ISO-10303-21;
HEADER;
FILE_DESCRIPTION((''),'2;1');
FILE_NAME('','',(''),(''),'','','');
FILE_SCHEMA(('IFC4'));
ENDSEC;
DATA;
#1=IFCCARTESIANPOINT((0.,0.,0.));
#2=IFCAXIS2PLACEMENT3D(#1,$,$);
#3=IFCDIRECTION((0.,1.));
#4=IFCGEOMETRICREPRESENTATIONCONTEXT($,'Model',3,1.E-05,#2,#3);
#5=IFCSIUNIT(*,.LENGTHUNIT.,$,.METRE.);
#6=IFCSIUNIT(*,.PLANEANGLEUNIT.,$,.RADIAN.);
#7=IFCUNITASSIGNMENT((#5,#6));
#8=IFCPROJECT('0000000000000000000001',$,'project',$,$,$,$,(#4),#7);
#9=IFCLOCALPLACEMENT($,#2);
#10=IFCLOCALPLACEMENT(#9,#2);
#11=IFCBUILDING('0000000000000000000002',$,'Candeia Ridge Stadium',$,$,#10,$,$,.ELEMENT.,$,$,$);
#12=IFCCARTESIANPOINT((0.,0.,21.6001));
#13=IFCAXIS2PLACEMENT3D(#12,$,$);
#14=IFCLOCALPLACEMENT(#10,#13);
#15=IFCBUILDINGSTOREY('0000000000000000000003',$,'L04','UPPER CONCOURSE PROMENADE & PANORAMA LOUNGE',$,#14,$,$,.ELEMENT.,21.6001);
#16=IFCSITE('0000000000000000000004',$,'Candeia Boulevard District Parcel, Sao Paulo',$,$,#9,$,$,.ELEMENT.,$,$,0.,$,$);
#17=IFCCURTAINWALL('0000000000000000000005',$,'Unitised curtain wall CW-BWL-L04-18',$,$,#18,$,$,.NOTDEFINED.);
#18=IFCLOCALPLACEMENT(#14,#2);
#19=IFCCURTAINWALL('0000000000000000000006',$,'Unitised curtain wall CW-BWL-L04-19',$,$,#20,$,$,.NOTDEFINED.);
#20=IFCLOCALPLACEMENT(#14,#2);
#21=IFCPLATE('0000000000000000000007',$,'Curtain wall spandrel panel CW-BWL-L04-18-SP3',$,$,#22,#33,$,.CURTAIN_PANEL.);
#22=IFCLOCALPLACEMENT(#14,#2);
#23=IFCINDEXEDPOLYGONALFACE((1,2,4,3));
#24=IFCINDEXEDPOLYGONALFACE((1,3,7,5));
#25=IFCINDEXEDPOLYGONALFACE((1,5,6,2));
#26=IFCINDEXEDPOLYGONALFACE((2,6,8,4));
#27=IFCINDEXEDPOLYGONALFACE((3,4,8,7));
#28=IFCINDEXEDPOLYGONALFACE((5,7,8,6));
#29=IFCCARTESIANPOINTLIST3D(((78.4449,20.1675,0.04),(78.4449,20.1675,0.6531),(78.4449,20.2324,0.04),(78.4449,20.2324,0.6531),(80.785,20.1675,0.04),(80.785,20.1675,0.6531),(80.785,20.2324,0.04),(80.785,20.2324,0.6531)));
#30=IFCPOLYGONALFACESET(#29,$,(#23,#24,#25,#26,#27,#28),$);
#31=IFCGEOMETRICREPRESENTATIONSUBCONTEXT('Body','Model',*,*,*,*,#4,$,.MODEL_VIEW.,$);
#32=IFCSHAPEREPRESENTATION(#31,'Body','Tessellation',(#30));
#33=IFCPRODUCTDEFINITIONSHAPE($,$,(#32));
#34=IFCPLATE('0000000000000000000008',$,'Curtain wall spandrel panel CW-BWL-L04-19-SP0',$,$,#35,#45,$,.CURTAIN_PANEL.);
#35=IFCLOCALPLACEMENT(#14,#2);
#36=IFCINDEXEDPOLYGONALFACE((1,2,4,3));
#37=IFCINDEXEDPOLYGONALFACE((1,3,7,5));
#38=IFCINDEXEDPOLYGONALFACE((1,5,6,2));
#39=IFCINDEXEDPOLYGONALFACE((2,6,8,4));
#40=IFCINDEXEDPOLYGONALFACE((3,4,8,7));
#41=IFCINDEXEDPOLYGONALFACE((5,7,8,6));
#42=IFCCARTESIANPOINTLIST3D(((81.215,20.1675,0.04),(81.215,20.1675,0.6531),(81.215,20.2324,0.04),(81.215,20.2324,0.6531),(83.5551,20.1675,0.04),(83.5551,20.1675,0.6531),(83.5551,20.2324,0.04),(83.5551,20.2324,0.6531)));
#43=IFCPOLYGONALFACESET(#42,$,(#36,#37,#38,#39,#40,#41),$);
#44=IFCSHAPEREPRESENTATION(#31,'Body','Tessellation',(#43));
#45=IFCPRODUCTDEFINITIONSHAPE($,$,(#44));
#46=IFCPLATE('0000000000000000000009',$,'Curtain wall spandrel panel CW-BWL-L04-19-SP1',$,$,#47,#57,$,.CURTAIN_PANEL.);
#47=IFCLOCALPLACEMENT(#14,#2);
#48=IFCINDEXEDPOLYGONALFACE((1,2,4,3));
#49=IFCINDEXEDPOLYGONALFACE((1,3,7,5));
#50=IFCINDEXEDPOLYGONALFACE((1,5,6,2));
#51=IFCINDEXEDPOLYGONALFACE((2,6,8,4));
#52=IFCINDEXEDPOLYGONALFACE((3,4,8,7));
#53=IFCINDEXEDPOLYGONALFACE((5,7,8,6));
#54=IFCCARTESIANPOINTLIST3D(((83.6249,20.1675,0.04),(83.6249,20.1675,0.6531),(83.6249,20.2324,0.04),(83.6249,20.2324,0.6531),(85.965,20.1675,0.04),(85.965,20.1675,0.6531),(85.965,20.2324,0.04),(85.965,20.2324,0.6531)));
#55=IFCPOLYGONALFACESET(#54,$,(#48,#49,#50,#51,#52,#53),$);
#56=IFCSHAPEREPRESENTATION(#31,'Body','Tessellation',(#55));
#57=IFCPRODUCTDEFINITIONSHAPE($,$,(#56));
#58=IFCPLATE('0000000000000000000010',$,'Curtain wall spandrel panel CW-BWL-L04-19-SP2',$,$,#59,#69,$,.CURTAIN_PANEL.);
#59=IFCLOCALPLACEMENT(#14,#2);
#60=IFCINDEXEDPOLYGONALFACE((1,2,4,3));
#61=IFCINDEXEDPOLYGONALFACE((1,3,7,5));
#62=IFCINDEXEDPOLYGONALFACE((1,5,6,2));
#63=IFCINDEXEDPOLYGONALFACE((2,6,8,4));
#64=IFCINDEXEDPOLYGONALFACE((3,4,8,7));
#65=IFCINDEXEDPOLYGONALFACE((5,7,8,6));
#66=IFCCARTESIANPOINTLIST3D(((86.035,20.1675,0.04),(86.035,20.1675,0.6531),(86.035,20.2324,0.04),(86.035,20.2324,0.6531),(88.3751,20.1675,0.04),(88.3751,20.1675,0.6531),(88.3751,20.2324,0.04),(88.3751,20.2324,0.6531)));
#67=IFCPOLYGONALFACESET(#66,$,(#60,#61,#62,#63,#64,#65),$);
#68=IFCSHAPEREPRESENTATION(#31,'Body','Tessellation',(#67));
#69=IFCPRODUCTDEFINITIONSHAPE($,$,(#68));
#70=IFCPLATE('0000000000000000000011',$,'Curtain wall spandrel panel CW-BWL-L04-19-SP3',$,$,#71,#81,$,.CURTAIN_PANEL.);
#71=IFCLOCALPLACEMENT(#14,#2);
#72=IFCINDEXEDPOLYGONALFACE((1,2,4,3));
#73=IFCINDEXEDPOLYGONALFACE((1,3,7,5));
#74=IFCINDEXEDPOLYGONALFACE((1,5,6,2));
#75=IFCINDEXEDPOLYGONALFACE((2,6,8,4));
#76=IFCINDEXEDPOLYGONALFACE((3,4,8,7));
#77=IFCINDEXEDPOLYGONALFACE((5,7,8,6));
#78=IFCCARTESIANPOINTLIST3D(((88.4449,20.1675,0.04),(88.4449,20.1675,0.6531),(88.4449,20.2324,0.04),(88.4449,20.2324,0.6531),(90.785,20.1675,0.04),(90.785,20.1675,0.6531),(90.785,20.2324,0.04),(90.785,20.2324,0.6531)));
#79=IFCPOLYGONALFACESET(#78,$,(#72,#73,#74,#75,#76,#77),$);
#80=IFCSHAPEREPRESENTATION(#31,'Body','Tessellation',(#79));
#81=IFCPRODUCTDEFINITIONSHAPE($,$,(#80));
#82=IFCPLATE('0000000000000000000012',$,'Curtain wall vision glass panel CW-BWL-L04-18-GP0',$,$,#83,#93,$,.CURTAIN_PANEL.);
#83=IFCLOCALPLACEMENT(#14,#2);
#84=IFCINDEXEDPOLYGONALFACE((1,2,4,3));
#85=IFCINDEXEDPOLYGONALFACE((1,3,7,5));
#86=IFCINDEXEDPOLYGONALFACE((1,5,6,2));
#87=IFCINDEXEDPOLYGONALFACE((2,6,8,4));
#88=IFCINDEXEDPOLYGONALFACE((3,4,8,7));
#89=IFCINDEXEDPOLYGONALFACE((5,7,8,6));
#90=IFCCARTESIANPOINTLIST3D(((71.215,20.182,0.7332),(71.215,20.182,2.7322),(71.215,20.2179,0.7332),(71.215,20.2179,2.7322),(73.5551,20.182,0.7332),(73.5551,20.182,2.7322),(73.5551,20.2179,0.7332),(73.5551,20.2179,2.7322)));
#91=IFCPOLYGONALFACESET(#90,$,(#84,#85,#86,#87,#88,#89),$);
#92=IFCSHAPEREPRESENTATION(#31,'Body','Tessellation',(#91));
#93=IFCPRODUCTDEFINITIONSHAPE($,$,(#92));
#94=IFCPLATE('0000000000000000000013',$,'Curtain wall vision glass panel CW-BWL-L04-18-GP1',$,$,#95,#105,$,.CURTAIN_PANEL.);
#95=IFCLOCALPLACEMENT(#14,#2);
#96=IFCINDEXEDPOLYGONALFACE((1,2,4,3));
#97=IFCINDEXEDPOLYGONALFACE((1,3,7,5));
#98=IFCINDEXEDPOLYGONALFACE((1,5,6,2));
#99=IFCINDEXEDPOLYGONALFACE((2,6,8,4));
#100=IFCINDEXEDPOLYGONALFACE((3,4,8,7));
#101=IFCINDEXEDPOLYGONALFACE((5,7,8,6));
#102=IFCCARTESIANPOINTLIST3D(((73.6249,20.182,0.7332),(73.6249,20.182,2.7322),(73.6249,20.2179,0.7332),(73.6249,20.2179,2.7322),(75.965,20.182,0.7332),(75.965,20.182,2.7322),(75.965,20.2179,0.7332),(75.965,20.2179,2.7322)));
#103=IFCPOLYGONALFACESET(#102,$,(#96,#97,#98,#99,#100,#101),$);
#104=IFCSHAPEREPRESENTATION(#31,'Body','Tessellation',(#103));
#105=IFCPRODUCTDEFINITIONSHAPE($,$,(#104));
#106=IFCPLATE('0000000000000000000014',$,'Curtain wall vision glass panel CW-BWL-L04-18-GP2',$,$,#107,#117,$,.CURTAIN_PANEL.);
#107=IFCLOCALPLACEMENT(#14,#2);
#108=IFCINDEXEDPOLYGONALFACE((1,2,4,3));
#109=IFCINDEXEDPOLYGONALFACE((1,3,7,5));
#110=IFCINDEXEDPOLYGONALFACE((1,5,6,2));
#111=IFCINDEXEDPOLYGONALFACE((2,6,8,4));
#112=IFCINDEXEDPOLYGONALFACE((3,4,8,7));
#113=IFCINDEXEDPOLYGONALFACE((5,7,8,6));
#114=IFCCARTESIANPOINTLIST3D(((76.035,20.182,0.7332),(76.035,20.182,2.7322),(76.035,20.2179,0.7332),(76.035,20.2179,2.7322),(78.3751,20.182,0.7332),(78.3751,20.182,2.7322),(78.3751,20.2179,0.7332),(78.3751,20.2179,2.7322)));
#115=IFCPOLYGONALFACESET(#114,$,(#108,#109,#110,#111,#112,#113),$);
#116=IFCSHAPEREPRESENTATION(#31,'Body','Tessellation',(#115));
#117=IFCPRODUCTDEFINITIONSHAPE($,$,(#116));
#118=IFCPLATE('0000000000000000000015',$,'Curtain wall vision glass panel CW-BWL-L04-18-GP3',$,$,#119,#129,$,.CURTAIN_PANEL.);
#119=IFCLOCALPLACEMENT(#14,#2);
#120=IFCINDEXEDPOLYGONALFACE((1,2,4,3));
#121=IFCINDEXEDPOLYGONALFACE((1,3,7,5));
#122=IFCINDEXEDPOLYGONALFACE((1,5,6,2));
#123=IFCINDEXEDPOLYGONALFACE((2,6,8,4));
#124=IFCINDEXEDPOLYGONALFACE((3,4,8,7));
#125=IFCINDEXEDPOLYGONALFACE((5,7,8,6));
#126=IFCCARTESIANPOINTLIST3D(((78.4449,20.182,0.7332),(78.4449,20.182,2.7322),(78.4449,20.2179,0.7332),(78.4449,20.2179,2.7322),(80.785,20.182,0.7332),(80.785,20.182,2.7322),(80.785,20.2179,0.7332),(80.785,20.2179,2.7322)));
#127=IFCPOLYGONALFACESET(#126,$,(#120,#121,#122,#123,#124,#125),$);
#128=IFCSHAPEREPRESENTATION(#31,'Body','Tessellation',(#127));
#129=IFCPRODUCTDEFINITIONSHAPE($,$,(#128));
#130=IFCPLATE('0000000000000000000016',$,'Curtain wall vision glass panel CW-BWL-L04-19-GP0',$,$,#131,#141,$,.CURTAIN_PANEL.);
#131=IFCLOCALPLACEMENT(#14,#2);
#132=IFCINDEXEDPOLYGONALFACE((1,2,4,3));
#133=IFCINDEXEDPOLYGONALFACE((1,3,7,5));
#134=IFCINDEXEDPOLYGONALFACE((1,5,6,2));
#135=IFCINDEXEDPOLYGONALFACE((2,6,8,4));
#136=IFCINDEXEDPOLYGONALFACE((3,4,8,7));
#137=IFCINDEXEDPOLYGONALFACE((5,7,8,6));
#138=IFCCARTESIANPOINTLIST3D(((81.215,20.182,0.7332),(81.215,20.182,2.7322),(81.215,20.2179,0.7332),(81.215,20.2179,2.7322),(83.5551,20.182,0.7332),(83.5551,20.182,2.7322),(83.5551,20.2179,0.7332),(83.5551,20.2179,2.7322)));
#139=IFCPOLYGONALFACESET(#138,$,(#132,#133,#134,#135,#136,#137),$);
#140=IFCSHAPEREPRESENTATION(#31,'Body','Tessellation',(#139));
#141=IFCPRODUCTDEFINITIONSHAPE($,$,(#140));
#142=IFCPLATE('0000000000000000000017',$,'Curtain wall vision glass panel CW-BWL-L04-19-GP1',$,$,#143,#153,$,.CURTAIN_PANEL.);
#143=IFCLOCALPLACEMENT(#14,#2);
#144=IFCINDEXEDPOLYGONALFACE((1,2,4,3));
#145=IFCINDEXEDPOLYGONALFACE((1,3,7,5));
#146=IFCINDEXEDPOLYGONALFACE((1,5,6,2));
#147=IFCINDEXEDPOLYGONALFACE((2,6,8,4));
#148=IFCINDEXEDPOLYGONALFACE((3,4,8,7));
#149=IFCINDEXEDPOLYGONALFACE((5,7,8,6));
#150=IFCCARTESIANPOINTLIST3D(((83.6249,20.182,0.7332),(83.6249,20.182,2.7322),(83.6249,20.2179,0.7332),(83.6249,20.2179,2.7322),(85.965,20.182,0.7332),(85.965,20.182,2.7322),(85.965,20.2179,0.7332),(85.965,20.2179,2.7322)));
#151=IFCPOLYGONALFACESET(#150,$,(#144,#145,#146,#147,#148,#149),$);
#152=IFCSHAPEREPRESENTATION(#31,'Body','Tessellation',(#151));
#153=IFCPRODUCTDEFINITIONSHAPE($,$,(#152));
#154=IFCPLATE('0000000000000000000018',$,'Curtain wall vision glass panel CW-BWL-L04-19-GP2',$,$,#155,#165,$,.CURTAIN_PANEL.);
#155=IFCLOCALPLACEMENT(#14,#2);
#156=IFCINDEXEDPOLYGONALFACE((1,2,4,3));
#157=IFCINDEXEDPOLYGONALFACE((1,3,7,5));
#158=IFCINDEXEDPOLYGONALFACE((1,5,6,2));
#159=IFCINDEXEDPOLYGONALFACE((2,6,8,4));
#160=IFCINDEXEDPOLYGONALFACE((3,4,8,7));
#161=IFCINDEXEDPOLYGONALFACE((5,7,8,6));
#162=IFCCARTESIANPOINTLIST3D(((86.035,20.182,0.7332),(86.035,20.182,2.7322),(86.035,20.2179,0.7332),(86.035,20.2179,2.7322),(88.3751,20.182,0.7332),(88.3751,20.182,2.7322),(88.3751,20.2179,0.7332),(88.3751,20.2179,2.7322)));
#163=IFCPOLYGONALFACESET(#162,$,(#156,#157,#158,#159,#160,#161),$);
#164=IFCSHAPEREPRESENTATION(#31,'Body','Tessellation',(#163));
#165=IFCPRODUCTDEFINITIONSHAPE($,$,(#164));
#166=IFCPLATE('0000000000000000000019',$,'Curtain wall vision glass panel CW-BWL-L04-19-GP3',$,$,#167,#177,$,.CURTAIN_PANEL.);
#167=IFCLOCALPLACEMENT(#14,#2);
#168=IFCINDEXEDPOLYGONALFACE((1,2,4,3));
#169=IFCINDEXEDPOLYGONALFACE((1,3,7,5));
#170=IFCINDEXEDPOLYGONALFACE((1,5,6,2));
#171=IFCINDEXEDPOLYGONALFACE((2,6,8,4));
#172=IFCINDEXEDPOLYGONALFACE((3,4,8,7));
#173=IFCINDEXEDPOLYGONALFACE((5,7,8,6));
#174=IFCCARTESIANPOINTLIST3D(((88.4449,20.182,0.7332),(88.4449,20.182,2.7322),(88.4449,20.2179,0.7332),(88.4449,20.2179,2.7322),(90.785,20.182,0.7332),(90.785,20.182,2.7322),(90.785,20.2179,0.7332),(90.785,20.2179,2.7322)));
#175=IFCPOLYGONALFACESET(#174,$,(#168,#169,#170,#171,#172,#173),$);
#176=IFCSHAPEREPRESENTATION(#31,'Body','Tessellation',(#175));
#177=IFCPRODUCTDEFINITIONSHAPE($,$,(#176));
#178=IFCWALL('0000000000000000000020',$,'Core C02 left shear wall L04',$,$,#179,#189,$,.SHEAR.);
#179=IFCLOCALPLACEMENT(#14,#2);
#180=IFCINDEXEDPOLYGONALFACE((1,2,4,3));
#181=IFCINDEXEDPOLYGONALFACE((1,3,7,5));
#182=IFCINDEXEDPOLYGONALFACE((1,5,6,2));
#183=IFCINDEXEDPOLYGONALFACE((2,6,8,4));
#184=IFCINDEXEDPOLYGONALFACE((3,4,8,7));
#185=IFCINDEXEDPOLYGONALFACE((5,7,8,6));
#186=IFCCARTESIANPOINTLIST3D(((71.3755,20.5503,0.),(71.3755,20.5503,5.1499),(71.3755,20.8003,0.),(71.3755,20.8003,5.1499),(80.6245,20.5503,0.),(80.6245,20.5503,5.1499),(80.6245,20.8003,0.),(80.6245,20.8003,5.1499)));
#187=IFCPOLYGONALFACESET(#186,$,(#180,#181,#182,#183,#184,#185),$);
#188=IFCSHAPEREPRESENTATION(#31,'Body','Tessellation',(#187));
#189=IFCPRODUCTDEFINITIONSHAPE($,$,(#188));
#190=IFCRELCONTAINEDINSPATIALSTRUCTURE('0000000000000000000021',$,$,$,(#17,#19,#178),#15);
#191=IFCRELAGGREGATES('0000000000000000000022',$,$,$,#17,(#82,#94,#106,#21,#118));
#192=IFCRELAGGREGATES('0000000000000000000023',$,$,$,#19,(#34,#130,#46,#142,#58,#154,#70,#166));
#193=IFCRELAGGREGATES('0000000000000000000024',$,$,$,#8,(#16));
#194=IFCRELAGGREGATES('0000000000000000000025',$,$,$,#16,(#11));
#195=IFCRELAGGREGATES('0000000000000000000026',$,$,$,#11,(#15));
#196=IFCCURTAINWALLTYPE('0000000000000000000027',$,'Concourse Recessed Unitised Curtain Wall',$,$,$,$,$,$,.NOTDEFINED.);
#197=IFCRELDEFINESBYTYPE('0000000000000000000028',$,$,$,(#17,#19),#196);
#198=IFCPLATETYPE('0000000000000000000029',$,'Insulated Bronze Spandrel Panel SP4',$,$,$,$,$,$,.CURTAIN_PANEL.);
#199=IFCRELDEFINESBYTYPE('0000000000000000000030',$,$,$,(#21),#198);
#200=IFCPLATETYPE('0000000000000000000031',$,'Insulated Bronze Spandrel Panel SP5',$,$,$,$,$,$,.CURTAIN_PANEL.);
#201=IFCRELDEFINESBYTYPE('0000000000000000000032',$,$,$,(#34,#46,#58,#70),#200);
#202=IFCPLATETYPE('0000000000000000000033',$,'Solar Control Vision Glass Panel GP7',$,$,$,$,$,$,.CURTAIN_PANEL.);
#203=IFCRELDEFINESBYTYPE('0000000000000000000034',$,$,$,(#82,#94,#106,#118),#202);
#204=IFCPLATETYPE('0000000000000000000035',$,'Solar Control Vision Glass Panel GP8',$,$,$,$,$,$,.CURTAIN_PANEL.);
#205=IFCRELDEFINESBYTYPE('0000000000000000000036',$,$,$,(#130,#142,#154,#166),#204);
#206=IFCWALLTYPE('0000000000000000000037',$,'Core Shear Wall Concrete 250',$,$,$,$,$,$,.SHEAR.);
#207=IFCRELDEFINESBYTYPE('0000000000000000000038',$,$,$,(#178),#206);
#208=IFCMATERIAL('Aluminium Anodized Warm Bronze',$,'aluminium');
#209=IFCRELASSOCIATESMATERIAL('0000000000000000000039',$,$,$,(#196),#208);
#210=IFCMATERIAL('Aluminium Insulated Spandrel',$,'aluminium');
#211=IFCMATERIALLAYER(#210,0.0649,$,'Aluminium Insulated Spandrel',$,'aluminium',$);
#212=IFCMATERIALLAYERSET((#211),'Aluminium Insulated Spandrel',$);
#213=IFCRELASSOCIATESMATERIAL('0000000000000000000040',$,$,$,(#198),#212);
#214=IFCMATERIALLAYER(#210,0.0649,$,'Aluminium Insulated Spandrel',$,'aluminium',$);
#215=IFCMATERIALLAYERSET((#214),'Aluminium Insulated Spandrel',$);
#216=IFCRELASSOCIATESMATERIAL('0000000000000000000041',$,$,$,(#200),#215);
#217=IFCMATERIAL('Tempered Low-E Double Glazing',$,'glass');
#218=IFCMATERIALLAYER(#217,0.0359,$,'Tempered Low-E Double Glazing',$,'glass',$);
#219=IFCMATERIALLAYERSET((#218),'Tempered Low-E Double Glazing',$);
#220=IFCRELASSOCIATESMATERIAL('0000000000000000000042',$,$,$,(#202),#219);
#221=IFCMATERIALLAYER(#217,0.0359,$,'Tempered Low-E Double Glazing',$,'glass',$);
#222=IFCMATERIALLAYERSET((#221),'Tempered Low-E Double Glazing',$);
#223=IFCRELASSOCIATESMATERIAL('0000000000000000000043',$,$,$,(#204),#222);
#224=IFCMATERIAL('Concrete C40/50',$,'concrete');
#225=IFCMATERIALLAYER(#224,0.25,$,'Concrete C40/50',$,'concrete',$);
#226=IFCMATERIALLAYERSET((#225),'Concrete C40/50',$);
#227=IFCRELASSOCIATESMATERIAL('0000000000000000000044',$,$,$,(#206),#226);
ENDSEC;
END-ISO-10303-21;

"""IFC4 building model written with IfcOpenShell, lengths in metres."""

from ifc_helpers import new_model, si_unit, direction, frame, frame_2d, origin, origin_2d, place, context, subcontext, project, spatial, rectangle, extrude, material, layer, layer_set, type_object, element, aggregate, save


model = new_model("IFC4")

# Units and contexts
model_context = context("Model", 3, precision=1e-05, world=origin(), true_north=direction((0.0, 1.0)))
body_context = subcontext(model_context, "Body", "Model", "MODEL_VIEW")
ifc_project = project(units=[si_unit("LENGTHUNIT", "METRE"), si_unit("PLANEANGLEUNIT", "RADIAN")], contexts=[model_context])

# Site, building, storey
site_placement = place(None, origin())
site = spatial("IfcSite", under=ifc_project, at=site_placement, Name="Candeia Boulevard District Parcel, Sao Paulo", CompositionType="ELEMENT", RefElevation=0.0)
building_placement = place(site_placement, origin())
building = spatial("IfcBuilding", under=site, at=building_placement, Name="Candeia Ridge Stadium", CompositionType="ELEMENT")
storey_placement = place(building_placement, frame((0.0, 0.0, 21.6001)))
storey = spatial("IfcBuildingStorey", under=building, at=storey_placement, Name="L04", Description="UPPER CONCOURSE PROMENADE & PANORAMA LOUNGE", CompositionType="ELEMENT", Elevation=21.6001)

# Curtain walls
ifc_material_1 = material(Name="Aluminium Anodized Warm Bronze", Category="aluminium")
curtain_wall_type = type_object("IfcCurtainWallType", Name="Concourse Recessed Unitised Curtain Wall", PredefinedType="NOTDEFINED", material=ifc_material_1)
curtain_wall_1_placement = place(storey_placement, origin())
curtain_wall_1 = element("IfcCurtainWall", 1, at=curtain_wall_1_placement, inside=storey, type_object=curtain_wall_type, Name="Unitised curtain wall CW-BWL-L04-18", PredefinedType="NOTDEFINED")
curtain_wall_2_placement = place(storey_placement, origin())
curtain_wall_2 = element("IfcCurtainWall", 2, at=curtain_wall_2_placement, inside=storey, type_object=curtain_wall_type, Name="Unitised curtain wall CW-BWL-L04-19", PredefinedType="NOTDEFINED")

# Plates
ifc_material_2 = material(Name="Aluminium Insulated Spandrel", Category="aluminium")
ifc_layer_1 = layer(ifc_material_2, 0.0649, Name="Aluminium Insulated Spandrel", Category="aluminium")
ifc_layer_set_1 = layer_set([ifc_layer_1], Name="Aluminium Insulated Spandrel")
plate_type_1 = type_object("IfcPlateType", Name="Insulated Bronze Spandrel Panel SP4", PredefinedType="CURTAIN_PANEL", material=ifc_layer_set_1)
plate_1_placement = place(storey_placement, frame((79.615, 20.2, 0.04), z_axis=(0.0, 0.0, 1.0), x_axis=(1.0, 0.0, 0.0)))
plate_1 = element("IfcPlate", 3, at=plate_1_placement, type_object=plate_type_1, Name="Curtain wall spandrel panel CW-BWL-L04-18-SP3", PredefinedType="CURTAIN_PANEL", context=body_context, shape_type="SweptSolid", body=[
    extrude(rectangle(XDim=2.3401, YDim=0.0649, at=origin_2d()), origin(), (0.0, 0.0, 1.0), 0.613),
])
ifc_layer_2 = layer(ifc_material_2, 0.0649, Name="Aluminium Insulated Spandrel", Category="aluminium")
ifc_layer_set_2 = layer_set([ifc_layer_2], Name="Aluminium Insulated Spandrel")
plate_type_2 = type_object("IfcPlateType", Name="Insulated Bronze Spandrel Panel SP5", PredefinedType="CURTAIN_PANEL", material=ifc_layer_set_2)
plate_2_placement = place(storey_placement, frame((82.385, 20.2, 0.04), z_axis=(0.0, 0.0, 1.0), x_axis=(1.0, 0.0, 0.0)))
plate_2 = element("IfcPlate", 4, at=plate_2_placement, type_object=plate_type_2, Name="Curtain wall spandrel panel CW-BWL-L04-19-SP0", PredefinedType="CURTAIN_PANEL", context=body_context, shape_type="SweptSolid", body=[
    extrude(rectangle(XDim=2.3401, YDim=0.0649, at=origin_2d()), origin(), (0.0, 0.0, 1.0), 0.613),
])
plate_3_placement = place(storey_placement, frame((84.7949, 20.2, 0.04), z_axis=(0.0, 0.0, 1.0), x_axis=(1.0, 0.0, 0.0)))
plate_3 = element("IfcPlate", 5, at=plate_3_placement, type_object=plate_type_2, Name="Curtain wall spandrel panel CW-BWL-L04-19-SP1", PredefinedType="CURTAIN_PANEL", context=body_context, shape_type="SweptSolid", body=[
    extrude(rectangle(XDim=2.3401, YDim=0.0649, at=origin_2d()), origin(), (0.0, 0.0, 1.0), 0.613),
])
plate_4_placement = place(storey_placement, frame((87.2051, 20.2, 0.04), z_axis=(0.0, 0.0, 1.0), x_axis=(1.0, 0.0, 0.0)))
plate_4 = element("IfcPlate", 6, at=plate_4_placement, type_object=plate_type_2, Name="Curtain wall spandrel panel CW-BWL-L04-19-SP2", PredefinedType="CURTAIN_PANEL", context=body_context, shape_type="SweptSolid", body=[
    extrude(rectangle(XDim=2.3401, YDim=0.0649, at=origin_2d()), origin(), (0.0, 0.0, 1.0), 0.613),
])
plate_5_placement = place(storey_placement, frame((89.615, 20.2, 0.04), z_axis=(0.0, 0.0, 1.0), x_axis=(1.0, 0.0, 0.0)))
plate_5 = element("IfcPlate", 7, at=plate_5_placement, type_object=plate_type_2, Name="Curtain wall spandrel panel CW-BWL-L04-19-SP3", PredefinedType="CURTAIN_PANEL", context=body_context, shape_type="SweptSolid", body=[
    extrude(rectangle(XDim=2.3401, YDim=0.0649, at=origin_2d()), origin(), (0.0, 0.0, 1.0), 0.613),
])
ifc_material_3 = material(Name="Tempered Low-E Double Glazing", Category="glass")
ifc_layer_3 = layer(ifc_material_3, 0.0359, Name="Tempered Low-E Double Glazing", Category="glass")
ifc_layer_set_3 = layer_set([ifc_layer_3], Name="Tempered Low-E Double Glazing")
plate_type_3 = type_object("IfcPlateType", Name="Solar Control Vision Glass Panel GP7", PredefinedType="CURTAIN_PANEL", material=ifc_layer_set_3)
plate_6_placement = place(storey_placement, frame((72.385, 20.2, 0.7332), z_axis=(0.0, 0.0, 1.0), x_axis=(1.0, 0.0, 0.0)))
plate_6 = element("IfcPlate", 8, at=plate_6_placement, type_object=plate_type_3, Name="Curtain wall vision glass panel CW-BWL-L04-18-GP0", PredefinedType="CURTAIN_PANEL", context=body_context, shape_type="SweptSolid", body=[
    extrude(rectangle(XDim=2.3401, YDim=0.0359, at=origin_2d()), origin(), (0.0, 0.0, 1.0), 1.999),
])
plate_7_placement = place(storey_placement, frame((74.7949, 20.2, 0.7332), z_axis=(0.0, 0.0, 1.0), x_axis=(1.0, 0.0, 0.0)))
plate_7 = element("IfcPlate", 9, at=plate_7_placement, type_object=plate_type_3, Name="Curtain wall vision glass panel CW-BWL-L04-18-GP1", PredefinedType="CURTAIN_PANEL", context=body_context, shape_type="SweptSolid", body=[
    extrude(rectangle(XDim=2.3401, YDim=0.0359, at=origin_2d()), origin(), (0.0, 0.0, 1.0), 1.999),
])
plate_8_placement = place(storey_placement, frame((77.2051, 20.2, 0.7332), z_axis=(0.0, 0.0, 1.0), x_axis=(1.0, 0.0, 0.0)))
plate_8 = element("IfcPlate", 10, at=plate_8_placement, type_object=plate_type_3, Name="Curtain wall vision glass panel CW-BWL-L04-18-GP2", PredefinedType="CURTAIN_PANEL", context=body_context, shape_type="SweptSolid", body=[
    extrude(rectangle(XDim=2.3401, YDim=0.0359, at=origin_2d()), origin(), (0.0, 0.0, 1.0), 1.999),
])
plate_9_placement = place(storey_placement, frame((79.615, 20.2, 0.7332), z_axis=(0.0, 0.0, 1.0), x_axis=(1.0, 0.0, 0.0)))
plate_9 = element("IfcPlate", 11, at=plate_9_placement, type_object=plate_type_3, Name="Curtain wall vision glass panel CW-BWL-L04-18-GP3", PredefinedType="CURTAIN_PANEL", context=body_context, shape_type="SweptSolid", body=[
    extrude(rectangle(XDim=2.3401, YDim=0.0359, at=origin_2d()), origin(), (0.0, 0.0, 1.0), 1.999),
])
aggregate(curtain_wall_1, [plate_6, plate_7, plate_8, plate_1, plate_9])
ifc_layer_4 = layer(ifc_material_3, 0.0359, Name="Tempered Low-E Double Glazing", Category="glass")
ifc_layer_set_4 = layer_set([ifc_layer_4], Name="Tempered Low-E Double Glazing")
plate_type_4 = type_object("IfcPlateType", Name="Solar Control Vision Glass Panel GP8", PredefinedType="CURTAIN_PANEL", material=ifc_layer_set_4)
plate_10_placement = place(storey_placement, frame((82.385, 20.2, 0.7332), z_axis=(0.0, 0.0, 1.0), x_axis=(1.0, 0.0, 0.0)))
plate_10 = element("IfcPlate", 12, at=plate_10_placement, type_object=plate_type_4, Name="Curtain wall vision glass panel CW-BWL-L04-19-GP0", PredefinedType="CURTAIN_PANEL", context=body_context, shape_type="SweptSolid", body=[
    extrude(rectangle(XDim=2.3401, YDim=0.0359, at=origin_2d()), origin(), (0.0, 0.0, 1.0), 1.999),
])
plate_11_placement = place(storey_placement, frame((84.7949, 20.2, 0.7332), z_axis=(0.0, 0.0, 1.0), x_axis=(1.0, 0.0, 0.0)))
plate_11 = element("IfcPlate", 13, at=plate_11_placement, type_object=plate_type_4, Name="Curtain wall vision glass panel CW-BWL-L04-19-GP1", PredefinedType="CURTAIN_PANEL", context=body_context, shape_type="SweptSolid", body=[
    extrude(rectangle(XDim=2.3401, YDim=0.0359, at=origin_2d()), origin(), (0.0, 0.0, 1.0), 1.999),
])
plate_12_placement = place(storey_placement, frame((87.2051, 20.2, 0.7332), z_axis=(0.0, 0.0, 1.0), x_axis=(1.0, 0.0, 0.0)))
plate_12 = element("IfcPlate", 14, at=plate_12_placement, type_object=plate_type_4, Name="Curtain wall vision glass panel CW-BWL-L04-19-GP2", PredefinedType="CURTAIN_PANEL", context=body_context, shape_type="SweptSolid", body=[
    extrude(rectangle(XDim=2.3401, YDim=0.0359, at=origin_2d()), origin(), (0.0, 0.0, 1.0), 1.999),
])
plate_13_placement = place(storey_placement, frame((89.615, 20.2, 0.7332), z_axis=(0.0, 0.0, 1.0), x_axis=(1.0, 0.0, 0.0)))
plate_13 = element("IfcPlate", 15, at=plate_13_placement, type_object=plate_type_4, Name="Curtain wall vision glass panel CW-BWL-L04-19-GP3", PredefinedType="CURTAIN_PANEL", context=body_context, shape_type="SweptSolid", body=[
    extrude(rectangle(XDim=2.3401, YDim=0.0359, at=origin_2d()), origin(), (0.0, 0.0, 1.0), 1.999),
])
aggregate(curtain_wall_2, [plate_2, plate_10, plate_3, plate_11, plate_4, plate_12, plate_5, plate_13])

# Wall
ifc_material_4 = material(Name="Concrete C40/50", Category="concrete")
ifc_layer_5 = layer(ifc_material_4, 0.25, Name="Concrete C40/50", Category="concrete")
ifc_layer_set_5 = layer_set([ifc_layer_5], Name="Concrete C40/50")
wall_type = type_object("IfcWallType", Name="Core Shear Wall Concrete 250", PredefinedType="SHEAR", material=ifc_layer_set_5)
wall_1_placement = place(storey_placement, frame((71.3755, 20.6753, 0.0), z_axis=(0.0, 0.0, 1.0), x_axis=(1.0, 0.0, 0.0)))
element("IfcWall", 16, at=wall_1_placement, inside=storey, type_object=wall_type, Name="Core C02 left shear wall L04", PredefinedType="SHEAR", context=body_context, shape_type="SweptSolid", body=[
    extrude(rectangle(XDim=9.249, YDim=0.25, at=frame_2d((4.6245, 0.0))), origin(), (0.0, 0.0, 1.0), 5.1499),
])

save(model, "model.ifc")
